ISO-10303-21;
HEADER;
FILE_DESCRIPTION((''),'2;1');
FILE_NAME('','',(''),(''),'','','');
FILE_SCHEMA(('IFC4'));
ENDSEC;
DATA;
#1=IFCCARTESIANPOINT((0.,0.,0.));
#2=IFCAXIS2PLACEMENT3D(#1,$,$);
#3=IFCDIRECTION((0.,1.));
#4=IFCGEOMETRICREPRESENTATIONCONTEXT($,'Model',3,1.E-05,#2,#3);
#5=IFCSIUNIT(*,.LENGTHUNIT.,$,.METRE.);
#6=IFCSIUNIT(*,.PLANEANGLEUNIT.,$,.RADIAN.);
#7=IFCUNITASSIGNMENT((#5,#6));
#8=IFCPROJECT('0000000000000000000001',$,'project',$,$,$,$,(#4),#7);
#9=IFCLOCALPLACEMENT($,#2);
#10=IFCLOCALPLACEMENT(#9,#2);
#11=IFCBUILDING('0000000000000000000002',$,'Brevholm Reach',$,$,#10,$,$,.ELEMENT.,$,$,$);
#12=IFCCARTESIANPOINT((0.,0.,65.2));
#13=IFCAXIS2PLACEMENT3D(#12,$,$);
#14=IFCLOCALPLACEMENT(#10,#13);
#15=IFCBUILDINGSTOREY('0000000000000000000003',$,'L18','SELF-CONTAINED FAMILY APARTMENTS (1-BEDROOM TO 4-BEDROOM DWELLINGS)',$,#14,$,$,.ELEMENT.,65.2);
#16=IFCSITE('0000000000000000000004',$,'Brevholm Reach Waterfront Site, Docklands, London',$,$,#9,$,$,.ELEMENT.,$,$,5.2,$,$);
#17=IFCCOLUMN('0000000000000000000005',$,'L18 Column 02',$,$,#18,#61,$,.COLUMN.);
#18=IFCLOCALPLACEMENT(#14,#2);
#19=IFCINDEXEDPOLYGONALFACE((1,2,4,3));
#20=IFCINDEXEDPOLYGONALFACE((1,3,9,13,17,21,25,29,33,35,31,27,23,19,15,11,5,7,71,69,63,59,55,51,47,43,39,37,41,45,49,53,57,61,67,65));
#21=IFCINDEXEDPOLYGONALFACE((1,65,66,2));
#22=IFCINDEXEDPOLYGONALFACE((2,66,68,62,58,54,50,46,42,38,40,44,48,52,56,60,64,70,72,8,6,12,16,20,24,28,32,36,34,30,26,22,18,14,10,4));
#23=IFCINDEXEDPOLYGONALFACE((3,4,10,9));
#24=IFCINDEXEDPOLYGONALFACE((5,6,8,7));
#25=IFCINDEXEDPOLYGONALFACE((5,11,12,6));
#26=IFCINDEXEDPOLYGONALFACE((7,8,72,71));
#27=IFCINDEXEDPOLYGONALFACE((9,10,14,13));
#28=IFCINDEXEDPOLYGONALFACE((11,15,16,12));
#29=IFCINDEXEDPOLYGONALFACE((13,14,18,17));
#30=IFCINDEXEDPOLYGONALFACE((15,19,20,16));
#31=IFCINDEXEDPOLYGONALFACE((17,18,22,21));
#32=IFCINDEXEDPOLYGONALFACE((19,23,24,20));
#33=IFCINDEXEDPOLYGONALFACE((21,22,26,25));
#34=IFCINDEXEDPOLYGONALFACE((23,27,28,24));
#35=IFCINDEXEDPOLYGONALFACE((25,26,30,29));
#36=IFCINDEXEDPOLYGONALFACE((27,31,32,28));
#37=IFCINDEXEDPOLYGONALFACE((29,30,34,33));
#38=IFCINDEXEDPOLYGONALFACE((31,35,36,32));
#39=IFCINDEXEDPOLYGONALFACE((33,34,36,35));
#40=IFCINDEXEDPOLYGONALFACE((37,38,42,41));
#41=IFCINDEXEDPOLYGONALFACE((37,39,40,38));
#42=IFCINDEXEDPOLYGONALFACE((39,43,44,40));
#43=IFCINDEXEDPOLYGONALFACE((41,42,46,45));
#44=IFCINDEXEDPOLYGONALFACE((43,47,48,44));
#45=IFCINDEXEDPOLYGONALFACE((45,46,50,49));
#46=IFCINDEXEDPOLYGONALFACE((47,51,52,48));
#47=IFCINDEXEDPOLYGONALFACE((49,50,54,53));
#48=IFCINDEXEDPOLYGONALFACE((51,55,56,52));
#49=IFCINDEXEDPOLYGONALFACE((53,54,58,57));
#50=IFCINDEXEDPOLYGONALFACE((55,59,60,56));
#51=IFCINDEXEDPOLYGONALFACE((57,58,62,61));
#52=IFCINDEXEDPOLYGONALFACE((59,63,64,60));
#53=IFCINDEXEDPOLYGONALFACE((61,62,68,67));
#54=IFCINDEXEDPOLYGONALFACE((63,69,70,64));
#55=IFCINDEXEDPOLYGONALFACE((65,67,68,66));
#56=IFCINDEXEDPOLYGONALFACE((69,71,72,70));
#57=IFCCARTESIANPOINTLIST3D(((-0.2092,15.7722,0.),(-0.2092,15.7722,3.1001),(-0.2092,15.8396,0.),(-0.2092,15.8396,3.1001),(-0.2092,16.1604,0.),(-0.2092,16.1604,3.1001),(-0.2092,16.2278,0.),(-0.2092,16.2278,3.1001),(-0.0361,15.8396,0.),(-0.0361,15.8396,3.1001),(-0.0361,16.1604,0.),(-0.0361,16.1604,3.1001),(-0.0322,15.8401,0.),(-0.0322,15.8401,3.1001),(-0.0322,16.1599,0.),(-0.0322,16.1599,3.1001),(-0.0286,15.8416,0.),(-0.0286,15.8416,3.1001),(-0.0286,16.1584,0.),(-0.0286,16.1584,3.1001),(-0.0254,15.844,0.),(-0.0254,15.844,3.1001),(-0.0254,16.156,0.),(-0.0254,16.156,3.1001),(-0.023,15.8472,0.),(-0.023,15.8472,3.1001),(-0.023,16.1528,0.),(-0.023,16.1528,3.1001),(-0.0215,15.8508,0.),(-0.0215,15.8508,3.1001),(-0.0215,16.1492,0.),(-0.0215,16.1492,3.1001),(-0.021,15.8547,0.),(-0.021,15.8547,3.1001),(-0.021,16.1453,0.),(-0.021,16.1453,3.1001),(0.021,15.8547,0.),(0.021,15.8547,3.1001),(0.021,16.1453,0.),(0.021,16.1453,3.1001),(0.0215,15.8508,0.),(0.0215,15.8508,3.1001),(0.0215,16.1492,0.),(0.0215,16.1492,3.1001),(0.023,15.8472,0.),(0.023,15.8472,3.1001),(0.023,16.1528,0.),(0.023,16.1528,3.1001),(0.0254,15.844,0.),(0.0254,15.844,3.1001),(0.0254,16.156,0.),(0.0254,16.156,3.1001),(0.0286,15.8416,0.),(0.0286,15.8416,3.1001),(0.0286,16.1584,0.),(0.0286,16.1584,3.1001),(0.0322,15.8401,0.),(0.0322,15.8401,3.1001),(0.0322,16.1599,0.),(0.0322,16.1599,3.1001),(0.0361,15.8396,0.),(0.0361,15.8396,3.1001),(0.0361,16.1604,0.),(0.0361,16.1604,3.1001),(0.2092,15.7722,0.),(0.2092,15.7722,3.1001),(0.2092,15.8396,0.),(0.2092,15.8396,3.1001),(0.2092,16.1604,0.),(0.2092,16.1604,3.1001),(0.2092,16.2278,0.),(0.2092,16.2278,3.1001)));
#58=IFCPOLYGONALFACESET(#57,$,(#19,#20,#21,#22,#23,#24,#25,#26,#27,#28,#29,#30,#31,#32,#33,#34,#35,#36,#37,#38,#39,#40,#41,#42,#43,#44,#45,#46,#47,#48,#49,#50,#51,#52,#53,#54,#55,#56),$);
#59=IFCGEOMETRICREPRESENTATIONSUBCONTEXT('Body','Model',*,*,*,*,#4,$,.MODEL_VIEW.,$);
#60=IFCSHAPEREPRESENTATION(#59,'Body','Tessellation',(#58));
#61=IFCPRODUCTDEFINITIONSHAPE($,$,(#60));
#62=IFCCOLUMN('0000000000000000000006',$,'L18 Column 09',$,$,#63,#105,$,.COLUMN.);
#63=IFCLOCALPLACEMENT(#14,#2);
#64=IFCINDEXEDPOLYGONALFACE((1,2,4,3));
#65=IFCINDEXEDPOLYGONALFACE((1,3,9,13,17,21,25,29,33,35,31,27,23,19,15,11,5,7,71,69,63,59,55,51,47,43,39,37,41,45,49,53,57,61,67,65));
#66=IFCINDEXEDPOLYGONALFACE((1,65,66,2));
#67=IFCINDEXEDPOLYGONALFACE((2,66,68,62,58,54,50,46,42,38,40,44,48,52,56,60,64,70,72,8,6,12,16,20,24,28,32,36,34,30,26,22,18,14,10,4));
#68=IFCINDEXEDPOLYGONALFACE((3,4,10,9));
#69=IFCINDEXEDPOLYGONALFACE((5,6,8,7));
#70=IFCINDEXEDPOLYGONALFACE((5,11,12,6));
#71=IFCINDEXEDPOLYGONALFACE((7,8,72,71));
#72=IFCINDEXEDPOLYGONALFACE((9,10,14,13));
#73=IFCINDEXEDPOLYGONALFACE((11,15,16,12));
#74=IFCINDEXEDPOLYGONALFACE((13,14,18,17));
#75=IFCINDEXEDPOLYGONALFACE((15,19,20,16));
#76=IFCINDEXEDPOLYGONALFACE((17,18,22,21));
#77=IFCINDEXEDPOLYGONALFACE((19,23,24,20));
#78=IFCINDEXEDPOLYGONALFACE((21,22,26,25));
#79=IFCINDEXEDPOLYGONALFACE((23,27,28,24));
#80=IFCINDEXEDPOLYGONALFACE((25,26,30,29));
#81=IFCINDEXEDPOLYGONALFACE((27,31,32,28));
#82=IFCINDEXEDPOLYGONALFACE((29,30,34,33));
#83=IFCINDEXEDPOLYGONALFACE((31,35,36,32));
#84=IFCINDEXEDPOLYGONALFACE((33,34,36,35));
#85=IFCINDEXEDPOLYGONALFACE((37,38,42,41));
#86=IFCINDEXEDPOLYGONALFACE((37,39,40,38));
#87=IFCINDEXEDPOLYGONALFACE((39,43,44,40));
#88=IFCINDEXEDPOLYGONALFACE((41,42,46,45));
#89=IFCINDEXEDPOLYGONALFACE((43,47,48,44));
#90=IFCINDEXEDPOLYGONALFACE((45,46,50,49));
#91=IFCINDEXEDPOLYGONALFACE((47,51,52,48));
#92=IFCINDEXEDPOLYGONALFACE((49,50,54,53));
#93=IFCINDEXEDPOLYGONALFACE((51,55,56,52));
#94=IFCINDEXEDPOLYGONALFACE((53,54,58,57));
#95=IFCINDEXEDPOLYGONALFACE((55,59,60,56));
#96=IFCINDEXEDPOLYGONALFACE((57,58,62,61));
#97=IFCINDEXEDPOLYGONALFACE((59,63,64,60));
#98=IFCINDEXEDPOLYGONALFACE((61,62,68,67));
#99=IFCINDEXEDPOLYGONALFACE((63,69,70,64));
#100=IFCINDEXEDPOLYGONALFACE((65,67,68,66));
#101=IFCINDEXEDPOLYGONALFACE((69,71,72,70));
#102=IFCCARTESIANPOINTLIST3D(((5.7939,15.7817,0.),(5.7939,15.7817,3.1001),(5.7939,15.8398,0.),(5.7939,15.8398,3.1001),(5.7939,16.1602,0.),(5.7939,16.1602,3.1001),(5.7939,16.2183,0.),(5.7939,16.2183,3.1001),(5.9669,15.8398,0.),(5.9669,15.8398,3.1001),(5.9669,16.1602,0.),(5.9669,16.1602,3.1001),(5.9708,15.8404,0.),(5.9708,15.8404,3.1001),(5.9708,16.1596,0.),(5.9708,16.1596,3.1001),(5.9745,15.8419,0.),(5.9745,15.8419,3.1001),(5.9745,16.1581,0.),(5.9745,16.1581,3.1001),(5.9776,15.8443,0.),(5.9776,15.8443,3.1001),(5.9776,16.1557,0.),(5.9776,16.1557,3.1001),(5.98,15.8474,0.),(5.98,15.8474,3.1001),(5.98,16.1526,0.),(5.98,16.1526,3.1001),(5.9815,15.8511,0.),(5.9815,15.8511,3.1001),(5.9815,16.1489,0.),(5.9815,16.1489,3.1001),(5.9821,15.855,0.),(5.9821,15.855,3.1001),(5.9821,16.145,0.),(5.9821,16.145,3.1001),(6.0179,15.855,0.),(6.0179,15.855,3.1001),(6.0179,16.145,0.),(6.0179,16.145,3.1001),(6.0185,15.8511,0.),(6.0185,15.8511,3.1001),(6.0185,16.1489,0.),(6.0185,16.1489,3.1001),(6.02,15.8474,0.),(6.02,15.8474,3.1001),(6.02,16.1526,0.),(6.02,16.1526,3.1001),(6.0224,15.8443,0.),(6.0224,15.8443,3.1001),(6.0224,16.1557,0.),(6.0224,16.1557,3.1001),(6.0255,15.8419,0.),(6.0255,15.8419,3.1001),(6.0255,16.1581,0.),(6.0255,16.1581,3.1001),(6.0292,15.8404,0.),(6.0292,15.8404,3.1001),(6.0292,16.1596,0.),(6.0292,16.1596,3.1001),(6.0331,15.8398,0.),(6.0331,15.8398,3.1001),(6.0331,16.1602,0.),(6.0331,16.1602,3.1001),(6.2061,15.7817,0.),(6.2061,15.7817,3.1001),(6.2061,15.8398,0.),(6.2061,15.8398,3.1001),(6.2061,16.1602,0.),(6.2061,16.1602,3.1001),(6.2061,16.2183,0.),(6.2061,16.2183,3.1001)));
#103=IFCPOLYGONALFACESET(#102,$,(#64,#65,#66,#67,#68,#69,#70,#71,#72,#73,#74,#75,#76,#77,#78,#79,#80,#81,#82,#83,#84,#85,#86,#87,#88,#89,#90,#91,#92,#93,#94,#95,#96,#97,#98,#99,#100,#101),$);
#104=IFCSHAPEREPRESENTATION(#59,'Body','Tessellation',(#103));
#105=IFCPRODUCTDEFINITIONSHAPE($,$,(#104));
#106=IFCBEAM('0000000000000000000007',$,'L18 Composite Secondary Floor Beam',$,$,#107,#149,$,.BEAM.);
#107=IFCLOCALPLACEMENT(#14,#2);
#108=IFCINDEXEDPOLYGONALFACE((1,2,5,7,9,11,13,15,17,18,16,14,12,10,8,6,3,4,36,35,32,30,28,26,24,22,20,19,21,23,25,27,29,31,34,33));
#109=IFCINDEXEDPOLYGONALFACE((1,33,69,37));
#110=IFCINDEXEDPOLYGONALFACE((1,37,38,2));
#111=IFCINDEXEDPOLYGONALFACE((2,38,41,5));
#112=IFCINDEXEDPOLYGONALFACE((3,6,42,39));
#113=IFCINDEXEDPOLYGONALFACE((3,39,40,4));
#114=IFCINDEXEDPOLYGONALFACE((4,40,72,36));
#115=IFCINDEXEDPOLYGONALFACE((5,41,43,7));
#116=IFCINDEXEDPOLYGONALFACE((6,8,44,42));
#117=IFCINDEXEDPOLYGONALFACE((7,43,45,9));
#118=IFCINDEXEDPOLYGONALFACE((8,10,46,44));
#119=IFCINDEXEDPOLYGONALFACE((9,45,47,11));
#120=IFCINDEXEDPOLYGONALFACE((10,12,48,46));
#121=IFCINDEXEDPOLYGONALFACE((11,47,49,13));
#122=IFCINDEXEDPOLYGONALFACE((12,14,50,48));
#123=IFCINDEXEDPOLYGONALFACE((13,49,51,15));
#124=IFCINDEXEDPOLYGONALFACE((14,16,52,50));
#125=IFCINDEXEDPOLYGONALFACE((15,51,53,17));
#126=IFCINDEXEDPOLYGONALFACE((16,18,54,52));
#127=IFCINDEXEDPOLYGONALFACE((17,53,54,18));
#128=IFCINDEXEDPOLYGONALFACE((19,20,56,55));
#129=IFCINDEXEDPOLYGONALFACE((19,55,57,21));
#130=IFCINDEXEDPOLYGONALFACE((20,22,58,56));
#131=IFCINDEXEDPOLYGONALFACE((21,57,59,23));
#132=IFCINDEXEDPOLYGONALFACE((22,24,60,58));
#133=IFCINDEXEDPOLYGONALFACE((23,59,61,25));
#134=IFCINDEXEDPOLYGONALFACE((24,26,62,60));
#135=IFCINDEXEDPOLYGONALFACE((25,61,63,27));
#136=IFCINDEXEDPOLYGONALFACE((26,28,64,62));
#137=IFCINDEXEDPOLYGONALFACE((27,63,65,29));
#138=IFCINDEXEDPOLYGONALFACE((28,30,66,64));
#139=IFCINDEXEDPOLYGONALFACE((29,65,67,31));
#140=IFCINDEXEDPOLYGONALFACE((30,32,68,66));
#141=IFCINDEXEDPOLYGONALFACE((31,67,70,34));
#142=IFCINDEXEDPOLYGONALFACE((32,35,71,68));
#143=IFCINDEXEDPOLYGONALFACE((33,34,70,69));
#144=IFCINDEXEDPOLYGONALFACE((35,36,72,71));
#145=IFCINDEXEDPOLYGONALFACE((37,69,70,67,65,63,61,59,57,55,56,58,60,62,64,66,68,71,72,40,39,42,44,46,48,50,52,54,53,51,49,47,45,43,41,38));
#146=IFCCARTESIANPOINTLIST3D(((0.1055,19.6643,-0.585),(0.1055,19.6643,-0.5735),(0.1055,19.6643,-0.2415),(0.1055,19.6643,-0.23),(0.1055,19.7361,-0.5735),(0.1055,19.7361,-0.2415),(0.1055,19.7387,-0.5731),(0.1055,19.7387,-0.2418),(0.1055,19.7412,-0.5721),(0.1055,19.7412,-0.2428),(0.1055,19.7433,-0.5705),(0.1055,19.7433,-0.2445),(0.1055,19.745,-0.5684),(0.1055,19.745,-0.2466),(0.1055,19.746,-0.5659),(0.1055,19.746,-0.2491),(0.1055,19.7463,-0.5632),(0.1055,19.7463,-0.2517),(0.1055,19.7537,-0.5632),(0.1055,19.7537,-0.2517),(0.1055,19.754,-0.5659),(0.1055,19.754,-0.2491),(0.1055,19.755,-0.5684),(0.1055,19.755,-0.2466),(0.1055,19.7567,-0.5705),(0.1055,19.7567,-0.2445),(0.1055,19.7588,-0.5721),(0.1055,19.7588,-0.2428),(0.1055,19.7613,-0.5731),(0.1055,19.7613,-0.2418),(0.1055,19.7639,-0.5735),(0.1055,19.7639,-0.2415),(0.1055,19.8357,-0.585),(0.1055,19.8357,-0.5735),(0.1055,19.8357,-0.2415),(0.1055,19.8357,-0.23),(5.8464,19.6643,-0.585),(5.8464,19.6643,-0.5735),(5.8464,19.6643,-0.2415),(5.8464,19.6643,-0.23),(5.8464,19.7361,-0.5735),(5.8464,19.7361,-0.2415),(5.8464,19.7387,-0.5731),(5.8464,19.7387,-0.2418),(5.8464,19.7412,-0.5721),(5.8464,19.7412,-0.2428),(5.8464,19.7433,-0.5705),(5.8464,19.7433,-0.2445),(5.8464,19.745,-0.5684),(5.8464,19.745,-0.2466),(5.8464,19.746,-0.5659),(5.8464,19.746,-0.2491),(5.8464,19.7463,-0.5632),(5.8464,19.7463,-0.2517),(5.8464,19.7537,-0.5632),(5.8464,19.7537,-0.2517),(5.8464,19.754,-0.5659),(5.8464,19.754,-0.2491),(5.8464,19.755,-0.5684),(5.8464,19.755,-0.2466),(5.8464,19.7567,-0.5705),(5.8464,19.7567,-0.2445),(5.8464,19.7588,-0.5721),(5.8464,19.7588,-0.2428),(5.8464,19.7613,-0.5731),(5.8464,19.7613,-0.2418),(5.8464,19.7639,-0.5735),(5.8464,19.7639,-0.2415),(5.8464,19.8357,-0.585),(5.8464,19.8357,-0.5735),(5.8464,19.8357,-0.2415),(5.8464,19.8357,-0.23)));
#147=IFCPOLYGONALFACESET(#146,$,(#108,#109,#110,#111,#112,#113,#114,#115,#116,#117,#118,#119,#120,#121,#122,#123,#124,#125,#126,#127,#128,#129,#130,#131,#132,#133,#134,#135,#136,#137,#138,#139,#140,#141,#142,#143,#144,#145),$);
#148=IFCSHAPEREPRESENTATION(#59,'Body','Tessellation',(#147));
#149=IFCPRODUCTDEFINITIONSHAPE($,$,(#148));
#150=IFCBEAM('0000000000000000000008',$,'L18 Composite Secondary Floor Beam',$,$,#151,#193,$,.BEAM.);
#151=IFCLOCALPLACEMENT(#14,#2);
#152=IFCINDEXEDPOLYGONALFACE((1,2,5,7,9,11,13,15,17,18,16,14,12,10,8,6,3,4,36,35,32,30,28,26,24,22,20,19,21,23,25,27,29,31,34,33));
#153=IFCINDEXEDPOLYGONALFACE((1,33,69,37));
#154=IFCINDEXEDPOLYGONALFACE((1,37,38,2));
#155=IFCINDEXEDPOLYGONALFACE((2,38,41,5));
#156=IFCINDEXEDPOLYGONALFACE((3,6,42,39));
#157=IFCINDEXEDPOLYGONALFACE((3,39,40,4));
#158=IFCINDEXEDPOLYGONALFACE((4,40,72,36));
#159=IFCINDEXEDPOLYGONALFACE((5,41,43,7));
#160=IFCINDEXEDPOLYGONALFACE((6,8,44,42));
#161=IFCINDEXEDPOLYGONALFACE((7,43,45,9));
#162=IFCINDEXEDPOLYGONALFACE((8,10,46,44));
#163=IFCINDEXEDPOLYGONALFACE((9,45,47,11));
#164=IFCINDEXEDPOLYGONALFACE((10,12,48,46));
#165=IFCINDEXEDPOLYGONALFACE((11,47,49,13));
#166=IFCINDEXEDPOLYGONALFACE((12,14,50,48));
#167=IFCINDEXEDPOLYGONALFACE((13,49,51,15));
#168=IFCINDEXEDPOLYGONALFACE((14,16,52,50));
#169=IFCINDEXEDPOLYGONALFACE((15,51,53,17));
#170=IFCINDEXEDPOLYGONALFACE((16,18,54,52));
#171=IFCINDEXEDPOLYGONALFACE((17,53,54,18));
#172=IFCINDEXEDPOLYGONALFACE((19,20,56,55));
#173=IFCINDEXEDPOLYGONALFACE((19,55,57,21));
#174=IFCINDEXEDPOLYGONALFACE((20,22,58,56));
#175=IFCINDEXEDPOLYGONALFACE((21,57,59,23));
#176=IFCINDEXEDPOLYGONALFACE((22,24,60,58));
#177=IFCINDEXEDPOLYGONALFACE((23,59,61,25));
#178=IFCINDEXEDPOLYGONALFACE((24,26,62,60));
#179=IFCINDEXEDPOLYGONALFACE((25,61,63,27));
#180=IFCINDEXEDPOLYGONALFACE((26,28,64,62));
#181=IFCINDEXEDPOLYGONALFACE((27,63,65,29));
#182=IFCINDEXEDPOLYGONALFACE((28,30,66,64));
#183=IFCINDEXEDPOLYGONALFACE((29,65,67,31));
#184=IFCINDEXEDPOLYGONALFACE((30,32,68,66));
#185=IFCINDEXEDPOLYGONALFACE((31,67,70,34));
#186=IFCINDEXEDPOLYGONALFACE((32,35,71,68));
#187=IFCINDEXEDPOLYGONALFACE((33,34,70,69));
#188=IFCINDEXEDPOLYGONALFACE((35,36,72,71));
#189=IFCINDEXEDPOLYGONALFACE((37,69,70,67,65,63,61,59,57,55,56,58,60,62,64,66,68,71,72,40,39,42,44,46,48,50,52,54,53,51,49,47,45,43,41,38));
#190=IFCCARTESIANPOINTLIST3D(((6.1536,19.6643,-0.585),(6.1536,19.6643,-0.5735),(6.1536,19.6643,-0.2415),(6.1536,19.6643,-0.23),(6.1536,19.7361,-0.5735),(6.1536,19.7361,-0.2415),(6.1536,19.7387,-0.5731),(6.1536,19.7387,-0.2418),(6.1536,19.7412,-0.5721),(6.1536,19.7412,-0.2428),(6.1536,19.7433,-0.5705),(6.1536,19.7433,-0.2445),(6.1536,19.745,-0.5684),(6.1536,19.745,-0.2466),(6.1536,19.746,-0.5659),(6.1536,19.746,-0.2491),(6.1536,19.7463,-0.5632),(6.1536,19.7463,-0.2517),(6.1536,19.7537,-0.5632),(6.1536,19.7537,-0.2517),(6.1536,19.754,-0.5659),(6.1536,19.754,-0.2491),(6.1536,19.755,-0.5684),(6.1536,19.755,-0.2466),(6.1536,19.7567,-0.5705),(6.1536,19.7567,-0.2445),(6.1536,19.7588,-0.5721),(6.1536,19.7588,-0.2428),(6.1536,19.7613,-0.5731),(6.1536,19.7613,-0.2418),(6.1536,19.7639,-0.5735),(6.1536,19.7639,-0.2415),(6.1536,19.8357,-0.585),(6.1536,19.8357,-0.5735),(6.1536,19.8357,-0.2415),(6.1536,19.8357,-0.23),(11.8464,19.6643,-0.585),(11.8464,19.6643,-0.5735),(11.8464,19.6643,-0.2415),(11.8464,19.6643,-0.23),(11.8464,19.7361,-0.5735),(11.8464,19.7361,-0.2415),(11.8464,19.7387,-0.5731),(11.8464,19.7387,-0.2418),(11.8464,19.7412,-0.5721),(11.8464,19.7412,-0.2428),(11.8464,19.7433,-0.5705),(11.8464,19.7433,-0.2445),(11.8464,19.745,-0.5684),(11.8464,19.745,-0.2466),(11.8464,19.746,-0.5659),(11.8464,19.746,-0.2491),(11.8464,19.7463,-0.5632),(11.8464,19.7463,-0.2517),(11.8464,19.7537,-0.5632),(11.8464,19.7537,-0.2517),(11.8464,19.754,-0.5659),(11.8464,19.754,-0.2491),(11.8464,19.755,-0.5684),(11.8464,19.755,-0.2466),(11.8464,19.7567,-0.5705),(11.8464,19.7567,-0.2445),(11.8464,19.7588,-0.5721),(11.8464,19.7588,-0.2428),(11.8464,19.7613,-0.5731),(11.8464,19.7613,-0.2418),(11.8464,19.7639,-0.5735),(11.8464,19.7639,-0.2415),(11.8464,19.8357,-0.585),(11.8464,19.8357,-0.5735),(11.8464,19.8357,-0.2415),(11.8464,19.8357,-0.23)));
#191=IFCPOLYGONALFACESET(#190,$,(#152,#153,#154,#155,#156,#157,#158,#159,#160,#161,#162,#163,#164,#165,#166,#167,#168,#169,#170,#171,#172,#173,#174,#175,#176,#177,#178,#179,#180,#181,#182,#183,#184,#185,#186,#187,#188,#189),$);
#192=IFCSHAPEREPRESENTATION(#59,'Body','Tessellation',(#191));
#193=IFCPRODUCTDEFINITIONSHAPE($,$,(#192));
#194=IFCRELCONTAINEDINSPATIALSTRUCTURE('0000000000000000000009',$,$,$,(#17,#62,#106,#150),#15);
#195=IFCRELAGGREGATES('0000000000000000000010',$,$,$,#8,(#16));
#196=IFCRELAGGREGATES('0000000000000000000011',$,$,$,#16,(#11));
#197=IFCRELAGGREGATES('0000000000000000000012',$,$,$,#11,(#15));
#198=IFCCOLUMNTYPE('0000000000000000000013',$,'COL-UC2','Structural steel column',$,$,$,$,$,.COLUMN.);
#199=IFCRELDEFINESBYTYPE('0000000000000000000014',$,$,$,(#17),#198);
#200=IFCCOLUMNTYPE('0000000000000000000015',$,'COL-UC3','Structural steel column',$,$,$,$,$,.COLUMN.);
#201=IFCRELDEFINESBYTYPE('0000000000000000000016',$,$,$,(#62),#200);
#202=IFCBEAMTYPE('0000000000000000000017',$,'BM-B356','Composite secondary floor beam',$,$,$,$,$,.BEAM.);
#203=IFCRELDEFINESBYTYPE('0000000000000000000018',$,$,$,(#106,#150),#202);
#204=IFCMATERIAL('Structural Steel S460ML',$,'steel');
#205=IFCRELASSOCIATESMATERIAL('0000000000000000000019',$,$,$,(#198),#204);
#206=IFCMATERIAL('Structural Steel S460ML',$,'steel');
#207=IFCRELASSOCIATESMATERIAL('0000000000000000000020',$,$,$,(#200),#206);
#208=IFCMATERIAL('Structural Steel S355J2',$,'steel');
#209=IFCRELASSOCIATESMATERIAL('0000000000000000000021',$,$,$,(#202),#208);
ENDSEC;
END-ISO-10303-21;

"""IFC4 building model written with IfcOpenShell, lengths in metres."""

from ifc_helpers import new_model, si_unit, direction, frame, origin, origin_2d, place, context, subcontext, project, spatial, i_section, extrude, material, material_profile, profile_set, type_object, element, save


model = new_model("IFC4")

# Units and contexts
model_context = context("Model", 3, precision=1e-05, world=origin(), true_north=direction((0.0, 1.0)))
body_context = subcontext(model_context, "Body", "Model", "MODEL_VIEW")
ifc_project = project(units=[si_unit("LENGTHUNIT", "METRE"), si_unit("PLANEANGLEUNIT", "RADIAN")], contexts=[model_context])

# Site, building, storey
site_placement = place(None, origin())
site = spatial("IfcSite", under=ifc_project, at=site_placement, Name="Brevholm Reach Waterfront Site, Docklands, London", CompositionType="ELEMENT", RefElevation=5.2)
building_placement = place(site_placement, origin())
building = spatial("IfcBuilding", under=site, at=building_placement, Name="Brevholm Reach", CompositionType="ELEMENT")
storey_placement = place(building_placement, frame((0.0, 0.0, 65.2)))
storey = spatial("IfcBuildingStorey", under=building, at=storey_placement, Name="L18", Description="SELF-CONTAINED FAMILY APARTMENTS (1-BEDROOM TO 4-BEDROOM DWELLINGS)", CompositionType="ELEMENT", Elevation=65.2)

# Columns
ifc_material_1 = material(Name="Structural Steel S460ML", Category="steel")
ifc_material_profile_1 = material_profile(ifc_material_1, i_section(OverallWidth=0.4185, OverallDepth=0.4556, WebThickness=0.042, FlangeThickness=0.0674, FilletRadius=0.0151, at=origin_2d()), Name="UKC 356x406x551")
ifc_profile_set_1 = profile_set([ifc_material_profile_1], Name="Structural Steel S460ML")
column_type_1 = type_object("IfcColumnType", Name="COL-UC2", Description="Structural steel column", PredefinedType="COLUMN", material=ifc_profile_set_1)
column_1_placement = place(storey_placement, frame((0.0, 16.0, 0.0), z_axis=(0.0, 0.0, 1.0), x_axis=(1.0, 0.0, 0.0)))
element("IfcColumn", 1, at=column_1_placement, inside=storey, type_object=column_type_1, Name="L18 Column 02", PredefinedType="COLUMN", context=body_context, shape_type="SweptSolid", body=[
    extrude(i_section(OverallWidth=0.4185, OverallDepth=0.4556, WebThickness=0.042, FlangeThickness=0.0674, FilletRadius=0.0151, at=origin_2d()), origin(), (0.0, 0.0, 1.0), 3.1001),
])
ifc_material_2 = material(Name="Structural Steel S460ML", Category="steel")
ifc_material_profile_2 = material_profile(ifc_material_2, i_section(OverallWidth=0.4121, OverallDepth=0.4365, WebThickness=0.0359, FlangeThickness=0.0581, FilletRadius=0.0151, at=origin_2d()), Name="UKC 356x406x467")
ifc_profile_set_2 = profile_set([ifc_material_profile_2], Name="Structural Steel S460ML")
column_type_2 = type_object("IfcColumnType", Name="COL-UC3", Description="Structural steel column", PredefinedType="COLUMN", material=ifc_profile_set_2)
column_2_placement = place(storey_placement, frame((6.0, 16.0, 0.0), z_axis=(0.0, 0.0, 1.0), x_axis=(1.0, 0.0, 0.0)))
element("IfcColumn", 2, at=column_2_placement, inside=storey, type_object=column_type_2, Name="L18 Column 09", PredefinedType="COLUMN", context=body_context, shape_type="SweptSolid", body=[
    extrude(i_section(OverallWidth=0.4121, OverallDepth=0.4365, WebThickness=0.0359, FlangeThickness=0.0581, FilletRadius=0.0151, at=origin_2d()), origin(), (0.0, 0.0, 1.0), 3.1001),
])

# Beams
ifc_material_3 = material(Name="Structural Steel S355J2", Category="steel")
ifc_material_profile_3 = material_profile(ifc_material_3, i_section(OverallWidth=0.1714, OverallDepth=0.355, WebThickness=0.0073, FlangeThickness=0.0115, FilletRadius=0.0103, at=origin_2d()), Name="UKB 356x171x51")
ifc_profile_set_3 = profile_set([ifc_material_profile_3], Name="Structural Steel S355J2")
beam_type_1 = type_object("IfcBeamType", Name="BM-B356", Description="Composite secondary floor beam", PredefinedType="BEAM", material=ifc_profile_set_3)
beam_1_placement = place(storey_placement, frame((0.1055, 19.75, -0.4075), z_axis=(1.0, 0.0, 0.0), x_axis=(0.0, 1.0, 0.0)))
element("IfcBeam", 3, at=beam_1_placement, inside=storey, type_object=beam_type_1, Name="L18 Composite Secondary Floor Beam", PredefinedType="BEAM", context=body_context, shape_type="SweptSolid", body=[
    extrude(i_section(OverallWidth=0.1714, OverallDepth=0.355, WebThickness=0.0073, FlangeThickness=0.0115, FilletRadius=0.0103, at=origin_2d()), origin(), (0.0, 0.0, 1.0), 5.741),
])
beam_2_placement = place(storey_placement, frame((6.1536, 19.75, -0.4075), z_axis=(1.0, 0.0, 0.0), x_axis=(0.0, 1.0, 0.0)))
element("IfcBeam", 4, at=beam_2_placement, inside=storey, type_object=beam_type_1, Name="L18 Composite Secondary Floor Beam", PredefinedType="BEAM", context=body_context, shape_type="SweptSolid", body=[
    extrude(i_section(OverallWidth=0.1714, OverallDepth=0.355, WebThickness=0.0073, FlangeThickness=0.0115, FilletRadius=0.0103, at=origin_2d()), origin(), (0.0, 0.0, 1.0), 5.6929),
])

save(model, "model.ifc")
